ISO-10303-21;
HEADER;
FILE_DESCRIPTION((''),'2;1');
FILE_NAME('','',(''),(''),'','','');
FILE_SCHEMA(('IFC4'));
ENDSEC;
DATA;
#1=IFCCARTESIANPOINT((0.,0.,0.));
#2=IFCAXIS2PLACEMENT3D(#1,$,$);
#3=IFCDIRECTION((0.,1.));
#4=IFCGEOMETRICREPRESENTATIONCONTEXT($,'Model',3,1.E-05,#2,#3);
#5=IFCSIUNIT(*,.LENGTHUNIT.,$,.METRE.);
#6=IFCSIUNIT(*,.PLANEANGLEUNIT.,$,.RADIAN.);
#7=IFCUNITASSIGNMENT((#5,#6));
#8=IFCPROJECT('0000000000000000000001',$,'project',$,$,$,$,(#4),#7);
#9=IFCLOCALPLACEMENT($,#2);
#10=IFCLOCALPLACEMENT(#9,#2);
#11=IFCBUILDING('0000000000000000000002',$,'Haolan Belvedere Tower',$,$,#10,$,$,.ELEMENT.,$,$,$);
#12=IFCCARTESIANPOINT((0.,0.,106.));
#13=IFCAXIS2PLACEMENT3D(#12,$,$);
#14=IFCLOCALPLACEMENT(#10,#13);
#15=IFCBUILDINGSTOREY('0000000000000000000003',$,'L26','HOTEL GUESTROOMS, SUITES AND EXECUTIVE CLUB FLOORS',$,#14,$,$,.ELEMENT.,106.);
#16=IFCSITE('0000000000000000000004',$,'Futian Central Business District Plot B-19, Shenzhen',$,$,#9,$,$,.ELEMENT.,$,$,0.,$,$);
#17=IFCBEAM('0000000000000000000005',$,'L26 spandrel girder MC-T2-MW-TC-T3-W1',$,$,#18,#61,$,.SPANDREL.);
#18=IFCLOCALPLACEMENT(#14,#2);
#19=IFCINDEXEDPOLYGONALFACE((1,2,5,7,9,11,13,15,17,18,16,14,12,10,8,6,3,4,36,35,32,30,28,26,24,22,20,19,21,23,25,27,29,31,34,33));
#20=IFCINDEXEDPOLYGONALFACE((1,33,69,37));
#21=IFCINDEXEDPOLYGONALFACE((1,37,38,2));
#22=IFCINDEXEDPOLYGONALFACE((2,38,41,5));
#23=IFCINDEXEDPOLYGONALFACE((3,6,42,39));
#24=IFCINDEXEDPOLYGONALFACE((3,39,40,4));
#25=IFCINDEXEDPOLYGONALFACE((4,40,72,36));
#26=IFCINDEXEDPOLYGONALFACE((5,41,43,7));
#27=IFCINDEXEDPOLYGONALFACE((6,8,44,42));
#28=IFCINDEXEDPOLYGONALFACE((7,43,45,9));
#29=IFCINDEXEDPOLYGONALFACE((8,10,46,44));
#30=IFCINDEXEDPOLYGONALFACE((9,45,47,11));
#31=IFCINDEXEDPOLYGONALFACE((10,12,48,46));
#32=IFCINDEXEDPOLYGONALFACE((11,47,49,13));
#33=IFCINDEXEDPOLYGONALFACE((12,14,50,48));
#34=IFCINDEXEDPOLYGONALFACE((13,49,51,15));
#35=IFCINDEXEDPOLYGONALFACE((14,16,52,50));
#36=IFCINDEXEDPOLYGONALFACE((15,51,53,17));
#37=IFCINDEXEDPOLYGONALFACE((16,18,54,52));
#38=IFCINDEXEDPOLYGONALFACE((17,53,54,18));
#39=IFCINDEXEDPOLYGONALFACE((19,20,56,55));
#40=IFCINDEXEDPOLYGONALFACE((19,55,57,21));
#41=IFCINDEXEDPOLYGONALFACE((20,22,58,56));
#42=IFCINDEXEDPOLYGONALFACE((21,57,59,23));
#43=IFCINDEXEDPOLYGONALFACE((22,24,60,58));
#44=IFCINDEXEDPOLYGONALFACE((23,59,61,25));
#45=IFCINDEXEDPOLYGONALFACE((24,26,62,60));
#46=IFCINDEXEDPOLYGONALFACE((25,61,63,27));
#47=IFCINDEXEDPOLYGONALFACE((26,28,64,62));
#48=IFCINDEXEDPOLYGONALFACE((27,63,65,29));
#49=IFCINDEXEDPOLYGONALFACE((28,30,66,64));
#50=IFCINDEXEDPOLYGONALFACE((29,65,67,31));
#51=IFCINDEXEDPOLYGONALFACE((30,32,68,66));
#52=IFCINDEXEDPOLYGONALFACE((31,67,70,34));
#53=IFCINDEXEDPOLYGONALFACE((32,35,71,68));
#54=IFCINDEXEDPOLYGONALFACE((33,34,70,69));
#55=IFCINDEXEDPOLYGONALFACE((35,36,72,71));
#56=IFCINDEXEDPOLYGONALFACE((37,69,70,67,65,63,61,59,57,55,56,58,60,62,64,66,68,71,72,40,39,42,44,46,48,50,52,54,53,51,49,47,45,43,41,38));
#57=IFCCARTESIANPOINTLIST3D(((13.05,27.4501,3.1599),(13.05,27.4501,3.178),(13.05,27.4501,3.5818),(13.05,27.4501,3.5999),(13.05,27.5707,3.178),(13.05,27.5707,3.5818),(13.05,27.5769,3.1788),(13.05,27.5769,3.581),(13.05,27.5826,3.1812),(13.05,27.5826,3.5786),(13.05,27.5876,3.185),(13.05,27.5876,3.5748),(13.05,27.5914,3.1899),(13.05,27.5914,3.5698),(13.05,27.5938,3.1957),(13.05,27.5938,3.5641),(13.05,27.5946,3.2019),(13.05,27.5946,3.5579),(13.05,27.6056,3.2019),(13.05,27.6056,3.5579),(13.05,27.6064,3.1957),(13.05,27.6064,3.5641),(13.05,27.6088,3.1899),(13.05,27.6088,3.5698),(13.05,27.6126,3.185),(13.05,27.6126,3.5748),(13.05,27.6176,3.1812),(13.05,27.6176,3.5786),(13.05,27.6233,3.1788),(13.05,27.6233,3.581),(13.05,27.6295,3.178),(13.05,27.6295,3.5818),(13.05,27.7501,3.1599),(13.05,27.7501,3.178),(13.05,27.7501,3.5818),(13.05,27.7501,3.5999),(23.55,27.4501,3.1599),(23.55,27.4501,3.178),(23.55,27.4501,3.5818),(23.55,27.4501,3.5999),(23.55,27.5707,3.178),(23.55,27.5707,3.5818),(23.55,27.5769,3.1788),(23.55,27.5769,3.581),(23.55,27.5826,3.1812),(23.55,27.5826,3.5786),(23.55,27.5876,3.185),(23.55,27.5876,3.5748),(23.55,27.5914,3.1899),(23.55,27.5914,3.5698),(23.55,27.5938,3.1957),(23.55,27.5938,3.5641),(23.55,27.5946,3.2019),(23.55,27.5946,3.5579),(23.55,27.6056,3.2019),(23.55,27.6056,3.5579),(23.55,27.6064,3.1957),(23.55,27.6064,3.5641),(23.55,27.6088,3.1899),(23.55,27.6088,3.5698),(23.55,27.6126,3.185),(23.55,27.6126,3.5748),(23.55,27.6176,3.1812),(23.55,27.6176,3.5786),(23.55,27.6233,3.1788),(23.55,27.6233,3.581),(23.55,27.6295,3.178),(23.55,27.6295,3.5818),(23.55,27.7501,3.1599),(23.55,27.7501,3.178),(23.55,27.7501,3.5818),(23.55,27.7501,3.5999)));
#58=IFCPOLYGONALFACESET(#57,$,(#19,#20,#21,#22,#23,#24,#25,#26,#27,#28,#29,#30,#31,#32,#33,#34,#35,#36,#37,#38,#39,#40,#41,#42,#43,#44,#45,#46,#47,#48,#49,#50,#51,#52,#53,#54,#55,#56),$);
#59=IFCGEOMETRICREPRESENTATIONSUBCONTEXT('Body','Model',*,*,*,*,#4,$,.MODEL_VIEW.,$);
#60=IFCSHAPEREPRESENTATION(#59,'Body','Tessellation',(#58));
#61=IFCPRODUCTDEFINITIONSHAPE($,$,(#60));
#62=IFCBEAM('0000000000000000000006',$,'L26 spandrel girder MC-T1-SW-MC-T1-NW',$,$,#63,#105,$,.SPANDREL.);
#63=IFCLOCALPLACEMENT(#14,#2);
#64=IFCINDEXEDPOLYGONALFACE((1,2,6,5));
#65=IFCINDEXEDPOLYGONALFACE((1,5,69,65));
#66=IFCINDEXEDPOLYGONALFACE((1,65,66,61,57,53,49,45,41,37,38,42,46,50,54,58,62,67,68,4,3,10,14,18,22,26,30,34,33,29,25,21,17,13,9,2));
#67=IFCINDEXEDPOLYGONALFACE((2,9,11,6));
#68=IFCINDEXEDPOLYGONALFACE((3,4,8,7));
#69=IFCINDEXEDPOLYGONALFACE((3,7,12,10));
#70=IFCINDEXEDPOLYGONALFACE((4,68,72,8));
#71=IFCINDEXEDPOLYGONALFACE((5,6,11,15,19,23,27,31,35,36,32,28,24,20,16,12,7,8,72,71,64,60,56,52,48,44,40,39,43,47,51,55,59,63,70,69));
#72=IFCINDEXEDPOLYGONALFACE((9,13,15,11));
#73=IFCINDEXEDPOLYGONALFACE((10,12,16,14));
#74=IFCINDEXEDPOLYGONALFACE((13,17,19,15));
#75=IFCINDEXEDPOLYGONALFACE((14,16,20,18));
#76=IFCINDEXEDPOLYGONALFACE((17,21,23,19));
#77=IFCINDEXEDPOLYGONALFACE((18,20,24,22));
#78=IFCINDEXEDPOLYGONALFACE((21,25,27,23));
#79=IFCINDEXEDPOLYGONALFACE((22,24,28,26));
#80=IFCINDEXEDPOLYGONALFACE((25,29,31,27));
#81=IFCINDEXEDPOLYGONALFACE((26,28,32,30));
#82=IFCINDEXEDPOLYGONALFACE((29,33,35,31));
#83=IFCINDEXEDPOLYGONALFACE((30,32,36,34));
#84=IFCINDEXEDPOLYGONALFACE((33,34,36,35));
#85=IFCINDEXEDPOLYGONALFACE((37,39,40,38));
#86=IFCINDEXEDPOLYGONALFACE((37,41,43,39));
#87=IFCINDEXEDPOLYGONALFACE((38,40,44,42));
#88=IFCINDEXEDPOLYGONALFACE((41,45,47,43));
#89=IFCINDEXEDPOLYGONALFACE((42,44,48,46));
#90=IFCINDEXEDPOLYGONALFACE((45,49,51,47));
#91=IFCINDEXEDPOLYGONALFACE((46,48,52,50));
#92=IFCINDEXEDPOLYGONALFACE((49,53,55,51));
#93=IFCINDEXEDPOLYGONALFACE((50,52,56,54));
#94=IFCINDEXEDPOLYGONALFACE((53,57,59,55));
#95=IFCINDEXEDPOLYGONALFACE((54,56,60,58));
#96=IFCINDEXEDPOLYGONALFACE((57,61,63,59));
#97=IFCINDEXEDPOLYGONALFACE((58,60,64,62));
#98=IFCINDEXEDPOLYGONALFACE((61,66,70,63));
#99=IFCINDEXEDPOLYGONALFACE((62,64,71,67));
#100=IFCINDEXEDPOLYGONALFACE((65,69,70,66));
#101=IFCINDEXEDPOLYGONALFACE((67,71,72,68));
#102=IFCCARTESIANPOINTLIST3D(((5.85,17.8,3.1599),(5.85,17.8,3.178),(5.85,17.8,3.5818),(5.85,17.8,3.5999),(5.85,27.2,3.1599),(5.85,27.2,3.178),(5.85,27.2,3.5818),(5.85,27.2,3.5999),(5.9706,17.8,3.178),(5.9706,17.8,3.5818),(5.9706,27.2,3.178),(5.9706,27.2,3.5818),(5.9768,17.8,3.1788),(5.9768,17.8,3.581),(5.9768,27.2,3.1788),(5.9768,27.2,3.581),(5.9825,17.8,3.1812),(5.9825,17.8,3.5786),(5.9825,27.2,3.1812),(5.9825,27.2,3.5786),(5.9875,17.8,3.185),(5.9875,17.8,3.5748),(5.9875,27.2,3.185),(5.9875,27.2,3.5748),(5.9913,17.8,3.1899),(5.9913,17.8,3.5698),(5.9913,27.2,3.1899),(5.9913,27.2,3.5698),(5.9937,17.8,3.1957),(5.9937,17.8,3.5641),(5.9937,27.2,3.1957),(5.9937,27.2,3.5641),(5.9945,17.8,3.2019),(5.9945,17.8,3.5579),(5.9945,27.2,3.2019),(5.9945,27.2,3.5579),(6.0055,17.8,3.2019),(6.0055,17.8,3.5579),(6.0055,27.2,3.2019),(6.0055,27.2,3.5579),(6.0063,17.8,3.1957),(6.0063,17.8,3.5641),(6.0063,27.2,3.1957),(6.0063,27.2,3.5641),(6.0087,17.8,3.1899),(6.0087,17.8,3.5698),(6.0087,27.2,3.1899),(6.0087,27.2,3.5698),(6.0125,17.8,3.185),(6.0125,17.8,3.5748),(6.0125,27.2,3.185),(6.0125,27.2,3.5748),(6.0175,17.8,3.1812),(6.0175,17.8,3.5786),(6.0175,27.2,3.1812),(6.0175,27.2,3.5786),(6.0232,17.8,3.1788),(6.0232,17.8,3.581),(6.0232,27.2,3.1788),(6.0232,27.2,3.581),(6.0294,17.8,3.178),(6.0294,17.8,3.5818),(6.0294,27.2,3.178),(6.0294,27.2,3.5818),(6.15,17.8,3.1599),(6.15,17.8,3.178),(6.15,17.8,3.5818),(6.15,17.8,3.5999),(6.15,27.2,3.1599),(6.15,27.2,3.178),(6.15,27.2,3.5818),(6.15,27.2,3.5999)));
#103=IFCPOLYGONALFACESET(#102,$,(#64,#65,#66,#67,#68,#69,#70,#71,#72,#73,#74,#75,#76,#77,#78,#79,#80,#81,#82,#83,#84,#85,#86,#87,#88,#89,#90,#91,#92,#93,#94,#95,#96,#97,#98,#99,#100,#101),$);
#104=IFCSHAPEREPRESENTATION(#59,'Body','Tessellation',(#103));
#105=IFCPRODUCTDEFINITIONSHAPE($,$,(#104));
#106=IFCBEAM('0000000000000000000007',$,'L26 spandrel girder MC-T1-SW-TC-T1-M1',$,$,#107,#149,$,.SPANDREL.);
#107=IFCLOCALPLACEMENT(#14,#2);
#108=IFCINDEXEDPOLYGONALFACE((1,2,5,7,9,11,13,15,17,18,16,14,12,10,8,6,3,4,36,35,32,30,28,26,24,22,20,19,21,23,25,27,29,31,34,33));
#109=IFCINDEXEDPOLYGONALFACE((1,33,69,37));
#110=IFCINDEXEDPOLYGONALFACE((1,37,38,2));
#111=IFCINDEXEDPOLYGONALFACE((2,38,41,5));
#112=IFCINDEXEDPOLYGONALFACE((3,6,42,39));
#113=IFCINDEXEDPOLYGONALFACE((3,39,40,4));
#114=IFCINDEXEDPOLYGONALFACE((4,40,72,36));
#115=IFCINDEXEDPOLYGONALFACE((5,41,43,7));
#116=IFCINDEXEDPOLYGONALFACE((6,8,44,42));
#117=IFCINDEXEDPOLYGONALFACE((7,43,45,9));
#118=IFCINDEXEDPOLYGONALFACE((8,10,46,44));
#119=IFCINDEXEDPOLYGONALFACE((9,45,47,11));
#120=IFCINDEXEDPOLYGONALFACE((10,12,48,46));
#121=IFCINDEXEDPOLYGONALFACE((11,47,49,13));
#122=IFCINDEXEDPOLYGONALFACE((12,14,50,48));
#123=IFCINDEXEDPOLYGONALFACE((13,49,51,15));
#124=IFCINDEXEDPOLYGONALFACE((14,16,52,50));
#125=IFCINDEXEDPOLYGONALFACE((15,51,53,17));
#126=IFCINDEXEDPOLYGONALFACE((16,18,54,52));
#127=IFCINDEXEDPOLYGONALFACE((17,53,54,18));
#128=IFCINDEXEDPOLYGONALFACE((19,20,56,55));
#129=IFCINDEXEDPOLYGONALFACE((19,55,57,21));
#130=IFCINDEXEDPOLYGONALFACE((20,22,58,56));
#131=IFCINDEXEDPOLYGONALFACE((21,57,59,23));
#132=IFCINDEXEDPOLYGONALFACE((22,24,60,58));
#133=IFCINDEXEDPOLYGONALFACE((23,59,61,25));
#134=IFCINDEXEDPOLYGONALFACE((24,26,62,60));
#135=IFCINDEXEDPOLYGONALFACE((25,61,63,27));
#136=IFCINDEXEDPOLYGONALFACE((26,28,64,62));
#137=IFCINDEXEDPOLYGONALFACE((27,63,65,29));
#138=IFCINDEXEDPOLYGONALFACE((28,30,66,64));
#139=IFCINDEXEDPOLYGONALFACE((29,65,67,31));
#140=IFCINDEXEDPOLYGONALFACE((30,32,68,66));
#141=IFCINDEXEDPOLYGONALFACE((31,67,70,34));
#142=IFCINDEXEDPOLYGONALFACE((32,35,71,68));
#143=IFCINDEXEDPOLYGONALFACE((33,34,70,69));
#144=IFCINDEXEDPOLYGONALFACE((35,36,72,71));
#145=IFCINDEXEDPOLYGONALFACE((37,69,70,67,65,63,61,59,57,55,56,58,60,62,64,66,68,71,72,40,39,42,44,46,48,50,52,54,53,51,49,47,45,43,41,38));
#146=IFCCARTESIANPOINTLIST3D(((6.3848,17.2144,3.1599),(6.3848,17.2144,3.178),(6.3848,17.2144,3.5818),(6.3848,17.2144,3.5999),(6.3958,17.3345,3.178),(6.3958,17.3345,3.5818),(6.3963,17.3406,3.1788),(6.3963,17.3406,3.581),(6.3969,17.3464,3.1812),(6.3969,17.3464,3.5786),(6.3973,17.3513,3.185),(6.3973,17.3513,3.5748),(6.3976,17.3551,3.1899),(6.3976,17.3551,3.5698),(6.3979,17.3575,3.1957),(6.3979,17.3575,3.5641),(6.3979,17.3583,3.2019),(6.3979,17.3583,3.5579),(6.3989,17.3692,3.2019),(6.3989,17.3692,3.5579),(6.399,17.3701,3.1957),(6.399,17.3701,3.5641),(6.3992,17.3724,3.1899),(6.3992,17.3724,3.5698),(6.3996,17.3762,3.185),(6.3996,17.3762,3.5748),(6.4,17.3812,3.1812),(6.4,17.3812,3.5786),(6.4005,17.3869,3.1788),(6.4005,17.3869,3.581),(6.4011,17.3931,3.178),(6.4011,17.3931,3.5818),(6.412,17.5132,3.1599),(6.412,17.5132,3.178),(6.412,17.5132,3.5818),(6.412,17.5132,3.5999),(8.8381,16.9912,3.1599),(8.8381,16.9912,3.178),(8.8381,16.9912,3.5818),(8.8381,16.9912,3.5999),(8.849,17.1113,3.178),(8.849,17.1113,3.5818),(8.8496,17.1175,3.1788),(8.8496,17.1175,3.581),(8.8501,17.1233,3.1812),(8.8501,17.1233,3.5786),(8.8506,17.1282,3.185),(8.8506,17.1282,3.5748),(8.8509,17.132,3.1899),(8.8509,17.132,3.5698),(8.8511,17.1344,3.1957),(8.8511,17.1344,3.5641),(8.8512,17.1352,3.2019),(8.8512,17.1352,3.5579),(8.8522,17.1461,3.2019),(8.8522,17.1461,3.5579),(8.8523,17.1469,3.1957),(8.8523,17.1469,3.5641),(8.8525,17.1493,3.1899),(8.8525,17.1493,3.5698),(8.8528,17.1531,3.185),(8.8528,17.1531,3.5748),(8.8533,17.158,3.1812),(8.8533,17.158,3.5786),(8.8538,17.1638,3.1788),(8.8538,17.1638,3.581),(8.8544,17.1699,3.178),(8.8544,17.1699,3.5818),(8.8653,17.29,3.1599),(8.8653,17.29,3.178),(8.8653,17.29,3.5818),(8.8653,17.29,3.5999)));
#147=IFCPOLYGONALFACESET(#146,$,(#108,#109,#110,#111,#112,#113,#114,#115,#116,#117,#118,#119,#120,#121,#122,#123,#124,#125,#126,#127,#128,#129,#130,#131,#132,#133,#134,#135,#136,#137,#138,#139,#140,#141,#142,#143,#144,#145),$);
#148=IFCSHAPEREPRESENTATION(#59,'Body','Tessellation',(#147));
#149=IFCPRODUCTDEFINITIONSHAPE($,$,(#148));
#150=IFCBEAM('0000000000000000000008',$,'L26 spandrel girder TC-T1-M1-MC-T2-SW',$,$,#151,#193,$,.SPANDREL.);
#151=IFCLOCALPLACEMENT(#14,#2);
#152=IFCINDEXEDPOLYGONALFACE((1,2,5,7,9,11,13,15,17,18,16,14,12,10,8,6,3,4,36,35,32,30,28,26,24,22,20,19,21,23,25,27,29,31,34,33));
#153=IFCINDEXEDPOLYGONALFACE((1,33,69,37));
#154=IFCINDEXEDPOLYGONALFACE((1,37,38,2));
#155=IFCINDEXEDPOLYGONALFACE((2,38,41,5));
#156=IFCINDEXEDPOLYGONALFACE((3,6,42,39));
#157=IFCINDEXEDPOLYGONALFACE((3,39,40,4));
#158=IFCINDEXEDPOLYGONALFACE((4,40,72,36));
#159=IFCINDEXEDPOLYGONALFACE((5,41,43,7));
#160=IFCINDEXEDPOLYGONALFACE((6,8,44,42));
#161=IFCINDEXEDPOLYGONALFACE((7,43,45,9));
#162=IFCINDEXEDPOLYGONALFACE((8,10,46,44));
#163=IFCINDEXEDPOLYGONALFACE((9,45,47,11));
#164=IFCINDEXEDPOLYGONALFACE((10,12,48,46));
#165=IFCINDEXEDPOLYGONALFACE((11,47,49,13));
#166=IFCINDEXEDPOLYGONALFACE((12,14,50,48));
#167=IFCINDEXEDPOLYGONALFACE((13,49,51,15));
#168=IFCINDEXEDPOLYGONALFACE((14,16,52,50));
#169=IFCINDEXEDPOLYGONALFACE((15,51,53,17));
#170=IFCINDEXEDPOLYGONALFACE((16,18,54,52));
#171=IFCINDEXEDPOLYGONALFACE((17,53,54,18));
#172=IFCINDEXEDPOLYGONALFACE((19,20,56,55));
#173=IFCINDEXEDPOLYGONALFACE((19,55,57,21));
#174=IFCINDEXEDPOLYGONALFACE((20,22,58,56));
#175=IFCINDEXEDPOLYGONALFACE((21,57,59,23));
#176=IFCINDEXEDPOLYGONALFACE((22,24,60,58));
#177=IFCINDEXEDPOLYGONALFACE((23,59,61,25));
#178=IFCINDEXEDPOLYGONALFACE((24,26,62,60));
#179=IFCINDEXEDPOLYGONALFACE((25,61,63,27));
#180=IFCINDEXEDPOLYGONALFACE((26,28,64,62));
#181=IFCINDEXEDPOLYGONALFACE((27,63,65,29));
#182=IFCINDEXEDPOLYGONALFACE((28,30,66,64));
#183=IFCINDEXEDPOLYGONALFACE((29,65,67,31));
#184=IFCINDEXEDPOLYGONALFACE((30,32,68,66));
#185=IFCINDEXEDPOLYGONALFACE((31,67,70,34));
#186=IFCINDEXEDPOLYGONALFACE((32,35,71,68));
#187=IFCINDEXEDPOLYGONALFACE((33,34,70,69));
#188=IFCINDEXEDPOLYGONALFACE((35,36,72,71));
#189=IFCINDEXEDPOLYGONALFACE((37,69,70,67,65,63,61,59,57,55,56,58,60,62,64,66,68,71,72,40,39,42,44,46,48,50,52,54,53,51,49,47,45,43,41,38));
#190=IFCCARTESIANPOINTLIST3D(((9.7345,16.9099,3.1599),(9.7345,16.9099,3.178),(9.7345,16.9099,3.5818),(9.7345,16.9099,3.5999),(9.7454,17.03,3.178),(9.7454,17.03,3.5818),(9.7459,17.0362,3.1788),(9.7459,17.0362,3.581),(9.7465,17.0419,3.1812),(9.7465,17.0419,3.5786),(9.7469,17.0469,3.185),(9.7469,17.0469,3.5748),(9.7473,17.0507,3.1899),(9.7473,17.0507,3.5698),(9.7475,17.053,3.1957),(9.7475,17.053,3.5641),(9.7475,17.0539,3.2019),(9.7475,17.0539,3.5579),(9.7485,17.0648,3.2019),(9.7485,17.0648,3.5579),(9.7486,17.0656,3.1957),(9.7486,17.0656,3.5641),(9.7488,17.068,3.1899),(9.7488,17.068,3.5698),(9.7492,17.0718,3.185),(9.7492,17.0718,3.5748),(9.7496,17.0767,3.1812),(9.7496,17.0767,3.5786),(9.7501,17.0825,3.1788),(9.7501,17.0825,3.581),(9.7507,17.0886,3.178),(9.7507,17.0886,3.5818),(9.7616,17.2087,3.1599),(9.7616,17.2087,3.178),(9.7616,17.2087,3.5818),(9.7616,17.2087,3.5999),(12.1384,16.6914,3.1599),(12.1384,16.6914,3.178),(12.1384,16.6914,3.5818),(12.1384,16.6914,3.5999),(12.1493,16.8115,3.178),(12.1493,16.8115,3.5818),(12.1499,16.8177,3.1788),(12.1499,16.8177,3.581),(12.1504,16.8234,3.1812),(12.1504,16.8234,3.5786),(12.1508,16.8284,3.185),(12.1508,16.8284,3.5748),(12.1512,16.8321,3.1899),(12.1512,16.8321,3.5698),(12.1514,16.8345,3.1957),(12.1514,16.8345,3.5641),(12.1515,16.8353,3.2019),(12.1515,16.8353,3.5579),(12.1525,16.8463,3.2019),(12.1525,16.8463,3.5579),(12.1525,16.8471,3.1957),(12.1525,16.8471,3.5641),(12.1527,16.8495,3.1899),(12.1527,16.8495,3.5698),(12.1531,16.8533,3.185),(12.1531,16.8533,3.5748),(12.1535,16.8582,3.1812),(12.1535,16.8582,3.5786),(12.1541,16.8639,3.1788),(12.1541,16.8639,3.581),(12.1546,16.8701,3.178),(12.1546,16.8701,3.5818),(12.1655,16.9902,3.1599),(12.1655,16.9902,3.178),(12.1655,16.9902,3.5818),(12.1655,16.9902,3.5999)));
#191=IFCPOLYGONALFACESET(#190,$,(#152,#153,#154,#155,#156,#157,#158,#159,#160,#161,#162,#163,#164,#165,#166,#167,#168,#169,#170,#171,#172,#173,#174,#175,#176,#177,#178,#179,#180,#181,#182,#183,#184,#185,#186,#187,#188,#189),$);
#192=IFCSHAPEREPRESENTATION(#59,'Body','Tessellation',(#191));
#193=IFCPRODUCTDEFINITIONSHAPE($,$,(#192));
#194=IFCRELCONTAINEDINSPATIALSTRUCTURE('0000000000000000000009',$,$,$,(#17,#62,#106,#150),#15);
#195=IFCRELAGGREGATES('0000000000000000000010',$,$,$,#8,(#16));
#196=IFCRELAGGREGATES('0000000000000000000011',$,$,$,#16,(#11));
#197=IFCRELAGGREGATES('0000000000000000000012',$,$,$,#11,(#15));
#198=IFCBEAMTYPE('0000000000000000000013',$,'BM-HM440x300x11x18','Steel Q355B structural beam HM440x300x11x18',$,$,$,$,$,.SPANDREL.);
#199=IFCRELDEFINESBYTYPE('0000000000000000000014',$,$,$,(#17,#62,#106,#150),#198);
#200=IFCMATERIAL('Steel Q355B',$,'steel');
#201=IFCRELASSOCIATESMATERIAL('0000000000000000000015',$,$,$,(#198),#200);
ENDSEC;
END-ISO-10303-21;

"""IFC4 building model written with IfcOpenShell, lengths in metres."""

from ifc_helpers import new_model, si_unit, direction, frame, origin, origin_2d, place, context, subcontext, project, spatial, i_section, extrude, material, material_profile, profile_set, type_object, element, save


model = new_model("IFC4")

# Units and contexts
model_context = context("Model", 3, precision=1e-05, world=origin(), true_north=direction((0.0, 1.0)))
body_context = subcontext(model_context, "Body", "Model", "MODEL_VIEW")
ifc_project = project(units=[si_unit("LENGTHUNIT", "METRE"), si_unit("PLANEANGLEUNIT", "RADIAN")], contexts=[model_context])

# Site, building, storey
site_placement = place(None, origin())
site = spatial("IfcSite", under=ifc_project, at=site_placement, Name="Futian Central Business District Plot B-19, Shenzhen", CompositionType="ELEMENT", RefElevation=0.0)
building_placement = place(site_placement, origin())
building = spatial("IfcBuilding", under=site, at=building_placement, Name="Haolan Belvedere Tower", CompositionType="ELEMENT")
storey_placement = place(building_placement, frame((0.0, 0.0, 106.0)))
storey = spatial("IfcBuildingStorey", under=building, at=storey_placement, Name="L26", Description="HOTEL GUESTROOMS, SUITES AND EXECUTIVE CLUB FLOORS", CompositionType="ELEMENT", Elevation=106.0)

# Beams
ifc_material_1 = material(Name="Steel Q355B", Category="steel")
ifc_material_profile_1 = material_profile(ifc_material_1, i_section(OverallWidth=0.3, OverallDepth=0.4399, WebThickness=0.011, FlangeThickness=0.0181, FilletRadius=0.0239, at=origin_2d()), Name="Steel Q355B")
ifc_profile_set_1 = profile_set([ifc_material_profile_1], Name="Steel Q355B")
beam_type_1 = type_object("IfcBeamType", Name="BM-HM440x300x11x18", Description="Steel Q355B structural beam HM440x300x11x18", PredefinedType="SPANDREL", material=ifc_profile_set_1)
beam_1_placement = place(storey_placement, frame((13.05, 27.6001, 3.3799), z_axis=(1.0, 0.0, 0.0), x_axis=(0.0, 1.0, 0.0)))
element("IfcBeam", 1, at=beam_1_placement, inside=storey, type_object=beam_type_1, Name="L26 spandrel girder MC-T2-MW-TC-T3-W1", PredefinedType="SPANDREL", context=body_context, shape_type="SweptSolid", body=[
    extrude(i_section(OverallWidth=0.3, OverallDepth=0.4399, WebThickness=0.011, FlangeThickness=0.0181, FilletRadius=0.0239, at=origin_2d()), origin(), (0.0, 0.0, 1.0), 10.5),
])
beam_2_placement = place(storey_placement, frame((6.0, 17.8, 3.3799), z_axis=(0.0, 1.0, 0.0), x_axis=(-1.0, 0.0, 0.0)))
element("IfcBeam", 2, at=beam_2_placement, inside=storey, type_object=beam_type_1, Name="L26 spandrel girder MC-T1-SW-MC-T1-NW", PredefinedType="SPANDREL", context=body_context, shape_type="SweptSolid", body=[
    extrude(i_section(OverallWidth=0.3, OverallDepth=0.4399, WebThickness=0.011, FlangeThickness=0.0181, FilletRadius=0.0239, at=origin_2d()), origin(), (0.0, 0.0, 1.0), 9.3999),
])
beam_3_placement = place(storey_placement, frame((6.3984, 17.3638, 3.3799), z_axis=(0.995889, -0.09058, 0.0), x_axis=(0.09058, 0.995889, 0.0)))
element("IfcBeam", 3, at=beam_3_placement, inside=storey, type_object=beam_type_1, Name="L26 spandrel girder MC-T1-SW-TC-T1-M1", PredefinedType="SPANDREL", context=body_context, shape_type="SweptSolid", body=[
    extrude(i_section(OverallWidth=0.3, OverallDepth=0.4399, WebThickness=0.011, FlangeThickness=0.0181, FilletRadius=0.0239, at=origin_2d()), origin(), (0.0, 0.0, 1.0), 2.4634),
])
beam_4_placement = place(storey_placement, frame((9.748, 17.0593, 3.3799), z_axis=(0.995894, -0.090527, 0.0), x_axis=(0.090527, 0.995894, 0.0)))
element("IfcBeam", 4, at=beam_4_placement, inside=storey, type_object=beam_type_1, Name="L26 spandrel girder TC-T1-M1-MC-T2-SW", PredefinedType="SPANDREL", context=body_context, shape_type="SweptSolid", body=[
    extrude(i_section(OverallWidth=0.3, OverallDepth=0.4399, WebThickness=0.011, FlangeThickness=0.0181, FilletRadius=0.0239, at=origin_2d()), origin(), (0.0, 0.0, 1.0), 2.4138),
])

save(model, "model.ifc")
